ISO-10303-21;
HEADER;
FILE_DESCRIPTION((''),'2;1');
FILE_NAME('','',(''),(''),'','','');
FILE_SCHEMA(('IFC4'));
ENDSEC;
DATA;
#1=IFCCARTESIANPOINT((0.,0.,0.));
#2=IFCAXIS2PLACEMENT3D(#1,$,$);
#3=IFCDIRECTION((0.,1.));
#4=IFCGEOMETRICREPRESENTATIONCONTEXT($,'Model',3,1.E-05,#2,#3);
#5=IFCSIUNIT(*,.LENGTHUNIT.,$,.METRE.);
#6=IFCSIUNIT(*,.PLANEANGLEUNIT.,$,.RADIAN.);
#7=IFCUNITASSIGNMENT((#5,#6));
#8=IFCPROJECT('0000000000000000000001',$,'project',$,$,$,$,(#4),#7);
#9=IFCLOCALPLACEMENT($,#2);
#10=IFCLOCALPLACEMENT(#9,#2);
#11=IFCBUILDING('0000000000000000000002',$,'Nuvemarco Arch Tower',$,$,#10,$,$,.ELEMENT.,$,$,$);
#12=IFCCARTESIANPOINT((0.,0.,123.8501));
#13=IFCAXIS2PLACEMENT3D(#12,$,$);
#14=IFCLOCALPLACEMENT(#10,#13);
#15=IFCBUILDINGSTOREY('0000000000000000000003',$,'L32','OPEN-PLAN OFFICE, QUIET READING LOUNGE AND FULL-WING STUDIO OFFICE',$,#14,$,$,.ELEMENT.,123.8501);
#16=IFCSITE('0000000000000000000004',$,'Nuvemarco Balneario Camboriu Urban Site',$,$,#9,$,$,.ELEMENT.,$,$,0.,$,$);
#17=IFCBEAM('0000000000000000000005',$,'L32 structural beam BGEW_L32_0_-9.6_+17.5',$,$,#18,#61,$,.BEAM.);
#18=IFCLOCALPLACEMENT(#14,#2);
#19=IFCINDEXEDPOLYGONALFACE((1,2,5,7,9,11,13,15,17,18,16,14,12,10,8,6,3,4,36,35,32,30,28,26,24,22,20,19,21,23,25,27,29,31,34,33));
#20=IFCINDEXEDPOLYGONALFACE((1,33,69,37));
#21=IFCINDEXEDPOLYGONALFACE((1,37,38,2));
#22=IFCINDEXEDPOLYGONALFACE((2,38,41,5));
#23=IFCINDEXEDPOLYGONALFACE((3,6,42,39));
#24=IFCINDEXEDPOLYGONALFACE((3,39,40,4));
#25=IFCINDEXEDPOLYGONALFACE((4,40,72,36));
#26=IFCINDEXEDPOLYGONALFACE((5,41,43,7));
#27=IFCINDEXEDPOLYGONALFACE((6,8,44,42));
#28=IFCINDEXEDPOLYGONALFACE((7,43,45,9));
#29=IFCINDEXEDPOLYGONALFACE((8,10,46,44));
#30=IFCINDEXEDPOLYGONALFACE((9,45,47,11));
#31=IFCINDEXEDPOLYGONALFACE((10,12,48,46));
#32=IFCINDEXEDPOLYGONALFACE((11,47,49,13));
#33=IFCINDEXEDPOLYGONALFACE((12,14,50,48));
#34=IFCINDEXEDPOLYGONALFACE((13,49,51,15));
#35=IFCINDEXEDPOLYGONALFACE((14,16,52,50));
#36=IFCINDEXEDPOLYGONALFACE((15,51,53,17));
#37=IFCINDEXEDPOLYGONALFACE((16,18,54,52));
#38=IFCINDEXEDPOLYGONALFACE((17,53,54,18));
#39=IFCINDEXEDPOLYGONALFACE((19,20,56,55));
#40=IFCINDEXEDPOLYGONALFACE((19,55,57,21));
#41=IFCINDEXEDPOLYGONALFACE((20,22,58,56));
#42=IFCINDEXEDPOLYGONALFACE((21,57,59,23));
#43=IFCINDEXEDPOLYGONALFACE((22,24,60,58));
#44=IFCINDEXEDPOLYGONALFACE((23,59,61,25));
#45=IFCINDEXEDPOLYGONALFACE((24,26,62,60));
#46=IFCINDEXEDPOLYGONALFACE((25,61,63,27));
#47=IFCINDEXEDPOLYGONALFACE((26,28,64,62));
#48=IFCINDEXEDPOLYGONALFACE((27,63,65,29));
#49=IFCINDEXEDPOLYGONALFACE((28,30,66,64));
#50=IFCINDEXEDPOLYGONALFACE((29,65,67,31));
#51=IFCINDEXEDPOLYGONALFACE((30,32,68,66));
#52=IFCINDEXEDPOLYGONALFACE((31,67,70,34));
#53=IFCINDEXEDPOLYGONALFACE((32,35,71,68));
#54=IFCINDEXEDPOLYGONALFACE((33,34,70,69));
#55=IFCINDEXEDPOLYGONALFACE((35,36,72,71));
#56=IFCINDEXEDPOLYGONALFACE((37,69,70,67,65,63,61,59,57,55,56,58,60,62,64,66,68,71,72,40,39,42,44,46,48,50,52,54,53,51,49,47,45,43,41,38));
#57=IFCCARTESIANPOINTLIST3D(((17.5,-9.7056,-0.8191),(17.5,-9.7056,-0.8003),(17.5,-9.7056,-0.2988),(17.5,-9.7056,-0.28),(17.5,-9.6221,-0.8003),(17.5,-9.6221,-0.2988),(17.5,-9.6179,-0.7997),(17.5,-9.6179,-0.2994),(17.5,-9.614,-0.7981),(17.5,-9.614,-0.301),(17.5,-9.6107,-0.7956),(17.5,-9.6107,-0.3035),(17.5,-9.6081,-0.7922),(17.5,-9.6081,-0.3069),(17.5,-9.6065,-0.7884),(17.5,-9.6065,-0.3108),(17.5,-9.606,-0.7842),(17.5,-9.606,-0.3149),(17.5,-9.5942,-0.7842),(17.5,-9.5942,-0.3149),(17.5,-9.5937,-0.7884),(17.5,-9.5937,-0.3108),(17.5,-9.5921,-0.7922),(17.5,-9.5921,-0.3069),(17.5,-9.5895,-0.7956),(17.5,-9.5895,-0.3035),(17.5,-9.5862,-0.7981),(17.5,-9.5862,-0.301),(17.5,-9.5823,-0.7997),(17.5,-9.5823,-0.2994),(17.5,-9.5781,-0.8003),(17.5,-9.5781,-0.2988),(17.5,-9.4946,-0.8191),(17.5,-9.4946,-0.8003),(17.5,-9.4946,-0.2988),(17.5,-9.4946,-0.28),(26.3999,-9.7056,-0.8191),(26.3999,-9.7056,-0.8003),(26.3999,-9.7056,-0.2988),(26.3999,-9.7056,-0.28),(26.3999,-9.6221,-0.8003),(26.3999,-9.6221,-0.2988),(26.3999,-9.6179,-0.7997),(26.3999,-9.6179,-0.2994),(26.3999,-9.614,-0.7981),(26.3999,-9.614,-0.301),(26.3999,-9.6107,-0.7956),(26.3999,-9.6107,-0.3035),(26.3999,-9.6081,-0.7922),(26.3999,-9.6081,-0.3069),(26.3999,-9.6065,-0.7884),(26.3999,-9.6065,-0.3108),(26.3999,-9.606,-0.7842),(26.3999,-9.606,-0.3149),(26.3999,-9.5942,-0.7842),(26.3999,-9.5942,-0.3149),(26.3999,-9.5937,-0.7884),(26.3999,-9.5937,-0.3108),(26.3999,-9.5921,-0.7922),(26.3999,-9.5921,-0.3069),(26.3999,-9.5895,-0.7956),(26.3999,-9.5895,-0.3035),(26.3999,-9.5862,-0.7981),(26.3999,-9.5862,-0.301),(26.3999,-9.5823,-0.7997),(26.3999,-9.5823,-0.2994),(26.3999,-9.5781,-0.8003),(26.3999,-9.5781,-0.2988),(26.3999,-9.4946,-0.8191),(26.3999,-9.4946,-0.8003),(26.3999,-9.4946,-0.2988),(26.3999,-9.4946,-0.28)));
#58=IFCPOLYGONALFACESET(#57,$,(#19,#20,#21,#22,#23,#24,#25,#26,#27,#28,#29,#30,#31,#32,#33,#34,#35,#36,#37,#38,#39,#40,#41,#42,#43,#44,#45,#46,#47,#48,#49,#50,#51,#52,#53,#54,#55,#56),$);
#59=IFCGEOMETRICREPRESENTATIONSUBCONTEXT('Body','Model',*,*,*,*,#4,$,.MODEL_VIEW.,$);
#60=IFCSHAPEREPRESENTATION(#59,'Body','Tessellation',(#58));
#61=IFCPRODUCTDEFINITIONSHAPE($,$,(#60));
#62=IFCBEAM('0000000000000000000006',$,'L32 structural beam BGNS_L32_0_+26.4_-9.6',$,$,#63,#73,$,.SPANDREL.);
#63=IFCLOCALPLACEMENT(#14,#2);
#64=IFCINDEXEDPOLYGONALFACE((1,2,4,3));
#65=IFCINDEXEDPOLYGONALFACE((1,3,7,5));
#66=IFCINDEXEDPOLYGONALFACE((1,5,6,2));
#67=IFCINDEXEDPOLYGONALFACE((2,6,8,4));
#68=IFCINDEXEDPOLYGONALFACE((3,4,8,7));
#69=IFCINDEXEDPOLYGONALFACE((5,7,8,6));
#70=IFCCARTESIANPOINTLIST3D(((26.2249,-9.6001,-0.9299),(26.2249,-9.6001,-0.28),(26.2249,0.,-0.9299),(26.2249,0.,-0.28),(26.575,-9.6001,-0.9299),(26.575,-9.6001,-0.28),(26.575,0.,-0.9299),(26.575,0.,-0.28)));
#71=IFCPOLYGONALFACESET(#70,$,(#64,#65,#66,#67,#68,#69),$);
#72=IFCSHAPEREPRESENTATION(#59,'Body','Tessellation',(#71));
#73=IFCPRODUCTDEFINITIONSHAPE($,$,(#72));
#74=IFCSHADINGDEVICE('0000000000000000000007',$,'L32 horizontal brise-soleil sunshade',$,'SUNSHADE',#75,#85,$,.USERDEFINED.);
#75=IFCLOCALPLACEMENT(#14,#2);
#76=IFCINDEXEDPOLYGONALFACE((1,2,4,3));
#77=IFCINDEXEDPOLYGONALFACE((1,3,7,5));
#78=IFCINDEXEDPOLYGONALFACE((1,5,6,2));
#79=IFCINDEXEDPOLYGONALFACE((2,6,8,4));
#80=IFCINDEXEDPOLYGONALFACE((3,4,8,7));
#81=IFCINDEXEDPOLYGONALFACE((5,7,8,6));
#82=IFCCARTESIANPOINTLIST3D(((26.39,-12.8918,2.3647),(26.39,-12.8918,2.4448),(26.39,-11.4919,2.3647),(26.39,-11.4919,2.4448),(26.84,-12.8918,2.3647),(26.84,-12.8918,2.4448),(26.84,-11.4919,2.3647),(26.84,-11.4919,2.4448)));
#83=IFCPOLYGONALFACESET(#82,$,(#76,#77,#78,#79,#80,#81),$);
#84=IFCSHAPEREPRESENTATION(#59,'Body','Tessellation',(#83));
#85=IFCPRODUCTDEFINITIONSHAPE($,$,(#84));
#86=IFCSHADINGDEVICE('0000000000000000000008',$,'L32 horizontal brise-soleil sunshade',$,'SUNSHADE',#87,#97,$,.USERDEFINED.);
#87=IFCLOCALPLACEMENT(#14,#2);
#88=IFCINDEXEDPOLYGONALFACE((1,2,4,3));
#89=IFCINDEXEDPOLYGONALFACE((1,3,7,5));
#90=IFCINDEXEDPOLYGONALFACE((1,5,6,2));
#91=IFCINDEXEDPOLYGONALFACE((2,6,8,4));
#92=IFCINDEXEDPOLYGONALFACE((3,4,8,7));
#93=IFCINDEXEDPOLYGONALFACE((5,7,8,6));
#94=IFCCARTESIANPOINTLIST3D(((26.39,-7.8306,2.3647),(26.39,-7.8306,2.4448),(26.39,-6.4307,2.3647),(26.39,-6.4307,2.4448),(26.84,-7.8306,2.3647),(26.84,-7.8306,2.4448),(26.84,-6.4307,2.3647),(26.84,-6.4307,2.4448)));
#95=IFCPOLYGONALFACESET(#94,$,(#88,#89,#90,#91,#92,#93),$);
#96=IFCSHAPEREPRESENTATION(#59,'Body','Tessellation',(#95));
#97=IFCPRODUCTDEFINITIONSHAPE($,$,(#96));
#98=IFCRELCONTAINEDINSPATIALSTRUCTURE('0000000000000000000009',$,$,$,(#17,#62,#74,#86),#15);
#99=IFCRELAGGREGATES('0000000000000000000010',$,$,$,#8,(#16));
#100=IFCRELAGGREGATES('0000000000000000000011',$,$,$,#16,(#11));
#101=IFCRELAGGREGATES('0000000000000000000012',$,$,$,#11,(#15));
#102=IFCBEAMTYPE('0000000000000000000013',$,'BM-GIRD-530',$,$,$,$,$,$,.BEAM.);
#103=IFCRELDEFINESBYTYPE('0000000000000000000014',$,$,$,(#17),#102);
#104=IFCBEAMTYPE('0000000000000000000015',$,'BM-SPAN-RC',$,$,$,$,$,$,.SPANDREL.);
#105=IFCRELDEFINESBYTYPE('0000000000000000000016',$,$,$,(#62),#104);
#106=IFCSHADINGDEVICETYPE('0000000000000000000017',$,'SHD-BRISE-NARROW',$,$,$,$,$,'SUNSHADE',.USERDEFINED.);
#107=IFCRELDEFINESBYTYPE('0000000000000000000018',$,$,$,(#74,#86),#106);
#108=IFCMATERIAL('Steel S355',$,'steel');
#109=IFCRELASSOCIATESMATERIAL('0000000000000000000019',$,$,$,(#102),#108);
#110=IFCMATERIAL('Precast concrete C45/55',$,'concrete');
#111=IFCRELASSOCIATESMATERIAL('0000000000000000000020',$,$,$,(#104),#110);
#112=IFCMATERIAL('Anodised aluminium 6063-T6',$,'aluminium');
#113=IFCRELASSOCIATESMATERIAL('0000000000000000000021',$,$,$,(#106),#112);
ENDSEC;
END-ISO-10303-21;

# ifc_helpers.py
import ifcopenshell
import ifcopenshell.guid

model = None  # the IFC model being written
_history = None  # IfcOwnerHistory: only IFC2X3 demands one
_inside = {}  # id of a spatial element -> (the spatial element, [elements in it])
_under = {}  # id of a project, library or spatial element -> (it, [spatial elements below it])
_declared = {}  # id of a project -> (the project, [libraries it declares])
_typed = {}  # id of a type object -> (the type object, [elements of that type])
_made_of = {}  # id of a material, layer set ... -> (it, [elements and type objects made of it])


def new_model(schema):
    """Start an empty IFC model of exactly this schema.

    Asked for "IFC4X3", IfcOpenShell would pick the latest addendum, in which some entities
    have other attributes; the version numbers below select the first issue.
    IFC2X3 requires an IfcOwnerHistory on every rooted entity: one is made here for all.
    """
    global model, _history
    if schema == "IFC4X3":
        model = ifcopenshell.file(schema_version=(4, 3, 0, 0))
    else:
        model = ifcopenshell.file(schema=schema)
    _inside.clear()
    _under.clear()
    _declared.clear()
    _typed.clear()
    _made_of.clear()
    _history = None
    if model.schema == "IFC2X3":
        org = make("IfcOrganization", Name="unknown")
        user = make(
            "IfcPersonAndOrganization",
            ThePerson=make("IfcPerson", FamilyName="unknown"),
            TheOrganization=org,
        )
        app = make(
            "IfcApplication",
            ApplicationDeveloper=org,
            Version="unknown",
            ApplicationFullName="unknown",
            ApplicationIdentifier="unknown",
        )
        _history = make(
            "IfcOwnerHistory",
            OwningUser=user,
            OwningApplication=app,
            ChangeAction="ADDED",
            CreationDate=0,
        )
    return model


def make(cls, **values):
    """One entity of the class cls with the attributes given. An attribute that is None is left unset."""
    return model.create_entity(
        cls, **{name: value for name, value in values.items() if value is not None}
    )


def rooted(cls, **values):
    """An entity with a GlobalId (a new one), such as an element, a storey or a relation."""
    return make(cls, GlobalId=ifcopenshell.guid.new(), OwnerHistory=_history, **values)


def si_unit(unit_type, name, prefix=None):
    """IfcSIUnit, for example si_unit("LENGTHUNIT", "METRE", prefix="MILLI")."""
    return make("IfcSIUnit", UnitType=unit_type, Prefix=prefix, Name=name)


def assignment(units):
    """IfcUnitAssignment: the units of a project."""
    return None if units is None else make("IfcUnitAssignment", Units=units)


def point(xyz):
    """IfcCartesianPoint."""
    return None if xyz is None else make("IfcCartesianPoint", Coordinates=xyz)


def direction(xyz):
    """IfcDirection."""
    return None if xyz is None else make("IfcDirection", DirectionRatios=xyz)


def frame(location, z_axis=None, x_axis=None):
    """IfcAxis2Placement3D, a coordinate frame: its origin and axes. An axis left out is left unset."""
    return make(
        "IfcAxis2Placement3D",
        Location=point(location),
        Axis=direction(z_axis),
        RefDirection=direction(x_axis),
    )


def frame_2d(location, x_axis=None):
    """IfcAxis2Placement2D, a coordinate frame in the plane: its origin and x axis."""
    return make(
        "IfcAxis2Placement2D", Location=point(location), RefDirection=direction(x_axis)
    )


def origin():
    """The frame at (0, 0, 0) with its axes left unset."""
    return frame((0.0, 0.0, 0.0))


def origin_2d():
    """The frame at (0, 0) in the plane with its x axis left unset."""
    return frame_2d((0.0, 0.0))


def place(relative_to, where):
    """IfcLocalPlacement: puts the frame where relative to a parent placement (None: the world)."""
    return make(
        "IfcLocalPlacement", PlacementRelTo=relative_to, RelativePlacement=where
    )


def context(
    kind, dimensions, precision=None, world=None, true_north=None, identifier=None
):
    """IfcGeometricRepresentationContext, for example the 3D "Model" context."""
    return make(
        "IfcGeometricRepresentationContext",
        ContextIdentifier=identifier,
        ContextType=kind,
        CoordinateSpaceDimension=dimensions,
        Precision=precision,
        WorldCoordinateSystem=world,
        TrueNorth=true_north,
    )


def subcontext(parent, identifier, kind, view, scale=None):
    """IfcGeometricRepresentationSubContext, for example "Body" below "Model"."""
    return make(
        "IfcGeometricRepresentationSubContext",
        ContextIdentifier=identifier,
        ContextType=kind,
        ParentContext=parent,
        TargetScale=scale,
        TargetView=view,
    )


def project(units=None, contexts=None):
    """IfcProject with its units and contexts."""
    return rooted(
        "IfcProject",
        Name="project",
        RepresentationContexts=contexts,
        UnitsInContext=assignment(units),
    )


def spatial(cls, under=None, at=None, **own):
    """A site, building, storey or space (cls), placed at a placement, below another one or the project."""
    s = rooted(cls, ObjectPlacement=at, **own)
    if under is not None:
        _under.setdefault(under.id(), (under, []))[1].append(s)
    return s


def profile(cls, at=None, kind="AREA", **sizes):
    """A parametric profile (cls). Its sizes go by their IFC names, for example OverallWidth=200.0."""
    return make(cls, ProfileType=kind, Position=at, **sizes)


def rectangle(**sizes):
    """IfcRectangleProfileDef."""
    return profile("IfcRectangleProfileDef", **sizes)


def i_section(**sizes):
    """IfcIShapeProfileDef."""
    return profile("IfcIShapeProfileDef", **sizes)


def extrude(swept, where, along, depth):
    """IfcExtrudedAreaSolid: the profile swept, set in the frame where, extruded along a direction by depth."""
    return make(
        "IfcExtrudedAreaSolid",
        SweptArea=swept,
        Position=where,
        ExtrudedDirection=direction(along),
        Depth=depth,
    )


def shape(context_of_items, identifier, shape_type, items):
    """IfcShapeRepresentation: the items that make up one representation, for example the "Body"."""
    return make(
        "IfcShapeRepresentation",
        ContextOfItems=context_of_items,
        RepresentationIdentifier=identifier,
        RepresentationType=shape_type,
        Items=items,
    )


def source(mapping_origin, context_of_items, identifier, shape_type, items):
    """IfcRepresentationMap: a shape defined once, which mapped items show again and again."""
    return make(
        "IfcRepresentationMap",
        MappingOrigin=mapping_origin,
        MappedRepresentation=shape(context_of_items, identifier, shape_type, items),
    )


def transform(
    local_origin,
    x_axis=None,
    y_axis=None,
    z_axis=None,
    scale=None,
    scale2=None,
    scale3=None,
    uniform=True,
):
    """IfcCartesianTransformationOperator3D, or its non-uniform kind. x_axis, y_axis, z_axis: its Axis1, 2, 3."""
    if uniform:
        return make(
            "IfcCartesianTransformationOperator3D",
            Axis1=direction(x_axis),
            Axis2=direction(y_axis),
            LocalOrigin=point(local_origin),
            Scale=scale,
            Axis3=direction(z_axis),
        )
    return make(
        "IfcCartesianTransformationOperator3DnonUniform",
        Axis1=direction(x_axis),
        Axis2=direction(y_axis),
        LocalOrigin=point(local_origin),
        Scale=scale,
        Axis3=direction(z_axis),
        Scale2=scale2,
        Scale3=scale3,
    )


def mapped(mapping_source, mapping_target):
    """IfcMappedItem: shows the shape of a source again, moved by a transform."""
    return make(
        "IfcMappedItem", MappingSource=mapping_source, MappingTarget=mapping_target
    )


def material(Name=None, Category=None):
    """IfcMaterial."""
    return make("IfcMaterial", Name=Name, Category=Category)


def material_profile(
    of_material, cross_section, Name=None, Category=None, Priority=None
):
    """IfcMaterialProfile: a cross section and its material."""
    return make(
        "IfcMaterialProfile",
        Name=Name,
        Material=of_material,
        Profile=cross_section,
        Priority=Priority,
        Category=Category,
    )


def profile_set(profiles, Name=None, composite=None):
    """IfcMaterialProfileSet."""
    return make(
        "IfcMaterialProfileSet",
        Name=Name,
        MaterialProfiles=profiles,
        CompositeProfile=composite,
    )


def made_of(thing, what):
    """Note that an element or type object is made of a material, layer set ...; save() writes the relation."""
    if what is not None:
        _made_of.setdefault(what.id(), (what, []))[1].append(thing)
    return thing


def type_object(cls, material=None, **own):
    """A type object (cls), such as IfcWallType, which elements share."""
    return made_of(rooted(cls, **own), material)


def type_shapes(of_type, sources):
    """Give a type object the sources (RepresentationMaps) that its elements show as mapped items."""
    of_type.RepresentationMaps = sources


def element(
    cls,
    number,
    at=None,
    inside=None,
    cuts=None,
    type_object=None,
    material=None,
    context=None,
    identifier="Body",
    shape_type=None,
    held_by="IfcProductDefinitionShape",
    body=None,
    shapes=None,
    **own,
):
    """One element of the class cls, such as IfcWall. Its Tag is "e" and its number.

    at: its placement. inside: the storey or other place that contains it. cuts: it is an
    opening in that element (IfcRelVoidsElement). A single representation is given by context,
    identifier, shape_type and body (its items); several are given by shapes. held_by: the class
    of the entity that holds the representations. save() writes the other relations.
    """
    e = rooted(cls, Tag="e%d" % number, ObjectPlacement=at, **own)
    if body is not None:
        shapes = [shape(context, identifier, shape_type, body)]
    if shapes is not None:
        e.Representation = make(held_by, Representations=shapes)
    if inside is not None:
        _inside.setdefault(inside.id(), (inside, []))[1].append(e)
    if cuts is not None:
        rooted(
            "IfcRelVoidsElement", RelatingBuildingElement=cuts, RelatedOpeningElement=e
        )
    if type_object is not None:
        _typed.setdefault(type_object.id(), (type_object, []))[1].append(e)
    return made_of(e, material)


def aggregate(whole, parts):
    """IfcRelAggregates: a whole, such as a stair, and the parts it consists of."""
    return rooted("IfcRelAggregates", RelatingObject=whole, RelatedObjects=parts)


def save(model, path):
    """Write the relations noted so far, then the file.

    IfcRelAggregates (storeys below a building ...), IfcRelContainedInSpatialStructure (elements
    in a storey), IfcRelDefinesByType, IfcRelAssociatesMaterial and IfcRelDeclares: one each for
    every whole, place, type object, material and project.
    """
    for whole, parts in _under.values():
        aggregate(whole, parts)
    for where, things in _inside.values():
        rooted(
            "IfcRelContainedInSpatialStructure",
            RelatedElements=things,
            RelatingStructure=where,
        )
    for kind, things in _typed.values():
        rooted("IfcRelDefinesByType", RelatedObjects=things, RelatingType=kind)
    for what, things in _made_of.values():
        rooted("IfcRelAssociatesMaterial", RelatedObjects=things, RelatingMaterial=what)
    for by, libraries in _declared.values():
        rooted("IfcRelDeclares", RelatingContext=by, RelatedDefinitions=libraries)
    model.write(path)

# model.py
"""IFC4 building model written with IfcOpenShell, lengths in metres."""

from ifc_helpers import new_model, si_unit, direction, frame, origin, origin_2d, place, context, subcontext, project, spatial, rectangle, i_section, extrude, source, transform, mapped, material, material_profile, profile_set, type_object, type_shapes, element, save


model = new_model("IFC4")

# Units and contexts
model_context = context("Model", 3, precision=1e-05, world=origin(), true_north=direction((0.0, 1.0)))
body_context = subcontext(model_context, "Body", "Model", "MODEL_VIEW")
ifc_project = project(units=[si_unit("LENGTHUNIT", "METRE"), si_unit("PLANEANGLEUNIT", "RADIAN")], contexts=[model_context])

# Site, building, storey
site_placement = place(None, origin())
site = spatial("IfcSite", under=ifc_project, at=site_placement, Name="Nuvemarco Balneario Camboriu Urban Site", CompositionType="ELEMENT", RefElevation=0.0)
building_placement = place(site_placement, origin())
building = spatial("IfcBuilding", under=site, at=building_placement, Name="Nuvemarco Arch Tower", CompositionType="ELEMENT")
storey_placement = place(building_placement, frame((0.0, 0.0, 123.8501)))
storey = spatial("IfcBuildingStorey", under=building, at=storey_placement, Name="L32", Description="OPEN-PLAN OFFICE, QUIET READING LOUNGE AND FULL-WING STUDIO OFFICE", CompositionType="ELEMENT", Elevation=123.8501)

# Shared definitions
ifc_material_1 = material(Name="Steel S355", Category="steel")

# Beams
ifc_material_profile_1 = material_profile(ifc_material_1, i_section(OverallWidth=0.2109, OverallDepth=0.5391, WebThickness=0.0117, FlangeThickness=0.0188, FilletRadius=0.0161, at=origin_2d()), Name="W530x109")
ifc_profile_set_1 = profile_set([ifc_material_profile_1], Name="Steel S355")
beam_type_1 = type_object("IfcBeamType", Name="BM-GIRD-530", PredefinedType="BEAM", material=ifc_profile_set_1)
beam_1_placement = place(storey_placement, frame((17.5, -9.6001, -0.5496), z_axis=(1.0, 0.0, 0.0), x_axis=(0.0, 1.0, 0.0)))
element("IfcBeam", 1, at=beam_1_placement, inside=storey, type_object=beam_type_1, Name="L32 structural beam BGEW_L32_0_-9.6_+17.5", PredefinedType="BEAM", context=body_context, shape_type="SweptSolid", body=[
    extrude(i_section(OverallWidth=0.2109, OverallDepth=0.5391, WebThickness=0.0117, FlangeThickness=0.0188, FilletRadius=0.0161, at=origin_2d()), origin(), (0.0, 0.0, 1.0), 8.8999),
])
ifc_material_2 = material(Name="Precast concrete C45/55", Category="concrete")
ifc_material_profile_2 = material_profile(ifc_material_2, rectangle(XDim=0.3501, YDim=0.6499, at=origin_2d()), Name="PC-SP-350x650")
ifc_profile_set_2 = profile_set([ifc_material_profile_2], Name="Precast concrete C45/55")
beam_type_2 = type_object("IfcBeamType", Name="BM-SPAN-RC", PredefinedType="SPANDREL", material=ifc_profile_set_2)
beam_2_placement = place(storey_placement, frame((26.3999, -9.6001, -0.605), z_axis=(0.0, 1.0, 0.0), x_axis=(-1.0, 0.0, 0.0)))
element("IfcBeam", 2, at=beam_2_placement, inside=storey, type_object=beam_type_2, Name="L32 structural beam BGNS_L32_0_+26.4_-9.6", PredefinedType="SPANDREL", context=body_context, shape_type="SweptSolid", body=[
    extrude(rectangle(XDim=0.3501, YDim=0.6499, at=origin_2d()), origin(), (0.0, 0.0, 1.0), 9.6001),
])

# Shared definitions
ifc_material_3 = material(Name="Anodised aluminium 6063-T6", Category="aluminium")

# Shading devices
shading_device_type = type_object("IfcShadingDeviceType", Name="SHD-BRISE-NARROW", ElementType="SUNSHADE", PredefinedType="USERDEFINED", material=ifc_material_3)
shared_shape_1 = source(origin(), body_context, "Body", "SweptSolid", [
    extrude(rectangle(XDim=1.3999, YDim=0.45, at=origin_2d()), origin(), (0.0, 0.0, 1.0), 0.0801),
])
type_shapes(shading_device_type, [shared_shape_1])
for number, where, z_axis, x_axis, name in (
    (3, (26.615, -12.1919, 2.3647), (0.0, 0.0, 1.0), (0.0, 1.0, 0.0), "L32 horizontal brise-soleil sunshade"),
    (4, (26.615, -7.1306, 2.3647), (0.0, 0.0, 1.0), (0.0, 1.0, 0.0), "L32 horizontal brise-soleil sunshade"),
):
    element("IfcShadingDevice", number, at=place(storey_placement, frame(where, z_axis=z_axis, x_axis=x_axis)), inside=storey, type_object=shading_device_type, Name=name, ObjectType="SUNSHADE", PredefinedType="USERDEFINED", context=body_context, shape_type="MappedRepresentation", body=[
        mapped(shared_shape_1, transform((0.0, 0.0, 0.0), scale=1.0)),
    ])

save(model, "model.ifc")
